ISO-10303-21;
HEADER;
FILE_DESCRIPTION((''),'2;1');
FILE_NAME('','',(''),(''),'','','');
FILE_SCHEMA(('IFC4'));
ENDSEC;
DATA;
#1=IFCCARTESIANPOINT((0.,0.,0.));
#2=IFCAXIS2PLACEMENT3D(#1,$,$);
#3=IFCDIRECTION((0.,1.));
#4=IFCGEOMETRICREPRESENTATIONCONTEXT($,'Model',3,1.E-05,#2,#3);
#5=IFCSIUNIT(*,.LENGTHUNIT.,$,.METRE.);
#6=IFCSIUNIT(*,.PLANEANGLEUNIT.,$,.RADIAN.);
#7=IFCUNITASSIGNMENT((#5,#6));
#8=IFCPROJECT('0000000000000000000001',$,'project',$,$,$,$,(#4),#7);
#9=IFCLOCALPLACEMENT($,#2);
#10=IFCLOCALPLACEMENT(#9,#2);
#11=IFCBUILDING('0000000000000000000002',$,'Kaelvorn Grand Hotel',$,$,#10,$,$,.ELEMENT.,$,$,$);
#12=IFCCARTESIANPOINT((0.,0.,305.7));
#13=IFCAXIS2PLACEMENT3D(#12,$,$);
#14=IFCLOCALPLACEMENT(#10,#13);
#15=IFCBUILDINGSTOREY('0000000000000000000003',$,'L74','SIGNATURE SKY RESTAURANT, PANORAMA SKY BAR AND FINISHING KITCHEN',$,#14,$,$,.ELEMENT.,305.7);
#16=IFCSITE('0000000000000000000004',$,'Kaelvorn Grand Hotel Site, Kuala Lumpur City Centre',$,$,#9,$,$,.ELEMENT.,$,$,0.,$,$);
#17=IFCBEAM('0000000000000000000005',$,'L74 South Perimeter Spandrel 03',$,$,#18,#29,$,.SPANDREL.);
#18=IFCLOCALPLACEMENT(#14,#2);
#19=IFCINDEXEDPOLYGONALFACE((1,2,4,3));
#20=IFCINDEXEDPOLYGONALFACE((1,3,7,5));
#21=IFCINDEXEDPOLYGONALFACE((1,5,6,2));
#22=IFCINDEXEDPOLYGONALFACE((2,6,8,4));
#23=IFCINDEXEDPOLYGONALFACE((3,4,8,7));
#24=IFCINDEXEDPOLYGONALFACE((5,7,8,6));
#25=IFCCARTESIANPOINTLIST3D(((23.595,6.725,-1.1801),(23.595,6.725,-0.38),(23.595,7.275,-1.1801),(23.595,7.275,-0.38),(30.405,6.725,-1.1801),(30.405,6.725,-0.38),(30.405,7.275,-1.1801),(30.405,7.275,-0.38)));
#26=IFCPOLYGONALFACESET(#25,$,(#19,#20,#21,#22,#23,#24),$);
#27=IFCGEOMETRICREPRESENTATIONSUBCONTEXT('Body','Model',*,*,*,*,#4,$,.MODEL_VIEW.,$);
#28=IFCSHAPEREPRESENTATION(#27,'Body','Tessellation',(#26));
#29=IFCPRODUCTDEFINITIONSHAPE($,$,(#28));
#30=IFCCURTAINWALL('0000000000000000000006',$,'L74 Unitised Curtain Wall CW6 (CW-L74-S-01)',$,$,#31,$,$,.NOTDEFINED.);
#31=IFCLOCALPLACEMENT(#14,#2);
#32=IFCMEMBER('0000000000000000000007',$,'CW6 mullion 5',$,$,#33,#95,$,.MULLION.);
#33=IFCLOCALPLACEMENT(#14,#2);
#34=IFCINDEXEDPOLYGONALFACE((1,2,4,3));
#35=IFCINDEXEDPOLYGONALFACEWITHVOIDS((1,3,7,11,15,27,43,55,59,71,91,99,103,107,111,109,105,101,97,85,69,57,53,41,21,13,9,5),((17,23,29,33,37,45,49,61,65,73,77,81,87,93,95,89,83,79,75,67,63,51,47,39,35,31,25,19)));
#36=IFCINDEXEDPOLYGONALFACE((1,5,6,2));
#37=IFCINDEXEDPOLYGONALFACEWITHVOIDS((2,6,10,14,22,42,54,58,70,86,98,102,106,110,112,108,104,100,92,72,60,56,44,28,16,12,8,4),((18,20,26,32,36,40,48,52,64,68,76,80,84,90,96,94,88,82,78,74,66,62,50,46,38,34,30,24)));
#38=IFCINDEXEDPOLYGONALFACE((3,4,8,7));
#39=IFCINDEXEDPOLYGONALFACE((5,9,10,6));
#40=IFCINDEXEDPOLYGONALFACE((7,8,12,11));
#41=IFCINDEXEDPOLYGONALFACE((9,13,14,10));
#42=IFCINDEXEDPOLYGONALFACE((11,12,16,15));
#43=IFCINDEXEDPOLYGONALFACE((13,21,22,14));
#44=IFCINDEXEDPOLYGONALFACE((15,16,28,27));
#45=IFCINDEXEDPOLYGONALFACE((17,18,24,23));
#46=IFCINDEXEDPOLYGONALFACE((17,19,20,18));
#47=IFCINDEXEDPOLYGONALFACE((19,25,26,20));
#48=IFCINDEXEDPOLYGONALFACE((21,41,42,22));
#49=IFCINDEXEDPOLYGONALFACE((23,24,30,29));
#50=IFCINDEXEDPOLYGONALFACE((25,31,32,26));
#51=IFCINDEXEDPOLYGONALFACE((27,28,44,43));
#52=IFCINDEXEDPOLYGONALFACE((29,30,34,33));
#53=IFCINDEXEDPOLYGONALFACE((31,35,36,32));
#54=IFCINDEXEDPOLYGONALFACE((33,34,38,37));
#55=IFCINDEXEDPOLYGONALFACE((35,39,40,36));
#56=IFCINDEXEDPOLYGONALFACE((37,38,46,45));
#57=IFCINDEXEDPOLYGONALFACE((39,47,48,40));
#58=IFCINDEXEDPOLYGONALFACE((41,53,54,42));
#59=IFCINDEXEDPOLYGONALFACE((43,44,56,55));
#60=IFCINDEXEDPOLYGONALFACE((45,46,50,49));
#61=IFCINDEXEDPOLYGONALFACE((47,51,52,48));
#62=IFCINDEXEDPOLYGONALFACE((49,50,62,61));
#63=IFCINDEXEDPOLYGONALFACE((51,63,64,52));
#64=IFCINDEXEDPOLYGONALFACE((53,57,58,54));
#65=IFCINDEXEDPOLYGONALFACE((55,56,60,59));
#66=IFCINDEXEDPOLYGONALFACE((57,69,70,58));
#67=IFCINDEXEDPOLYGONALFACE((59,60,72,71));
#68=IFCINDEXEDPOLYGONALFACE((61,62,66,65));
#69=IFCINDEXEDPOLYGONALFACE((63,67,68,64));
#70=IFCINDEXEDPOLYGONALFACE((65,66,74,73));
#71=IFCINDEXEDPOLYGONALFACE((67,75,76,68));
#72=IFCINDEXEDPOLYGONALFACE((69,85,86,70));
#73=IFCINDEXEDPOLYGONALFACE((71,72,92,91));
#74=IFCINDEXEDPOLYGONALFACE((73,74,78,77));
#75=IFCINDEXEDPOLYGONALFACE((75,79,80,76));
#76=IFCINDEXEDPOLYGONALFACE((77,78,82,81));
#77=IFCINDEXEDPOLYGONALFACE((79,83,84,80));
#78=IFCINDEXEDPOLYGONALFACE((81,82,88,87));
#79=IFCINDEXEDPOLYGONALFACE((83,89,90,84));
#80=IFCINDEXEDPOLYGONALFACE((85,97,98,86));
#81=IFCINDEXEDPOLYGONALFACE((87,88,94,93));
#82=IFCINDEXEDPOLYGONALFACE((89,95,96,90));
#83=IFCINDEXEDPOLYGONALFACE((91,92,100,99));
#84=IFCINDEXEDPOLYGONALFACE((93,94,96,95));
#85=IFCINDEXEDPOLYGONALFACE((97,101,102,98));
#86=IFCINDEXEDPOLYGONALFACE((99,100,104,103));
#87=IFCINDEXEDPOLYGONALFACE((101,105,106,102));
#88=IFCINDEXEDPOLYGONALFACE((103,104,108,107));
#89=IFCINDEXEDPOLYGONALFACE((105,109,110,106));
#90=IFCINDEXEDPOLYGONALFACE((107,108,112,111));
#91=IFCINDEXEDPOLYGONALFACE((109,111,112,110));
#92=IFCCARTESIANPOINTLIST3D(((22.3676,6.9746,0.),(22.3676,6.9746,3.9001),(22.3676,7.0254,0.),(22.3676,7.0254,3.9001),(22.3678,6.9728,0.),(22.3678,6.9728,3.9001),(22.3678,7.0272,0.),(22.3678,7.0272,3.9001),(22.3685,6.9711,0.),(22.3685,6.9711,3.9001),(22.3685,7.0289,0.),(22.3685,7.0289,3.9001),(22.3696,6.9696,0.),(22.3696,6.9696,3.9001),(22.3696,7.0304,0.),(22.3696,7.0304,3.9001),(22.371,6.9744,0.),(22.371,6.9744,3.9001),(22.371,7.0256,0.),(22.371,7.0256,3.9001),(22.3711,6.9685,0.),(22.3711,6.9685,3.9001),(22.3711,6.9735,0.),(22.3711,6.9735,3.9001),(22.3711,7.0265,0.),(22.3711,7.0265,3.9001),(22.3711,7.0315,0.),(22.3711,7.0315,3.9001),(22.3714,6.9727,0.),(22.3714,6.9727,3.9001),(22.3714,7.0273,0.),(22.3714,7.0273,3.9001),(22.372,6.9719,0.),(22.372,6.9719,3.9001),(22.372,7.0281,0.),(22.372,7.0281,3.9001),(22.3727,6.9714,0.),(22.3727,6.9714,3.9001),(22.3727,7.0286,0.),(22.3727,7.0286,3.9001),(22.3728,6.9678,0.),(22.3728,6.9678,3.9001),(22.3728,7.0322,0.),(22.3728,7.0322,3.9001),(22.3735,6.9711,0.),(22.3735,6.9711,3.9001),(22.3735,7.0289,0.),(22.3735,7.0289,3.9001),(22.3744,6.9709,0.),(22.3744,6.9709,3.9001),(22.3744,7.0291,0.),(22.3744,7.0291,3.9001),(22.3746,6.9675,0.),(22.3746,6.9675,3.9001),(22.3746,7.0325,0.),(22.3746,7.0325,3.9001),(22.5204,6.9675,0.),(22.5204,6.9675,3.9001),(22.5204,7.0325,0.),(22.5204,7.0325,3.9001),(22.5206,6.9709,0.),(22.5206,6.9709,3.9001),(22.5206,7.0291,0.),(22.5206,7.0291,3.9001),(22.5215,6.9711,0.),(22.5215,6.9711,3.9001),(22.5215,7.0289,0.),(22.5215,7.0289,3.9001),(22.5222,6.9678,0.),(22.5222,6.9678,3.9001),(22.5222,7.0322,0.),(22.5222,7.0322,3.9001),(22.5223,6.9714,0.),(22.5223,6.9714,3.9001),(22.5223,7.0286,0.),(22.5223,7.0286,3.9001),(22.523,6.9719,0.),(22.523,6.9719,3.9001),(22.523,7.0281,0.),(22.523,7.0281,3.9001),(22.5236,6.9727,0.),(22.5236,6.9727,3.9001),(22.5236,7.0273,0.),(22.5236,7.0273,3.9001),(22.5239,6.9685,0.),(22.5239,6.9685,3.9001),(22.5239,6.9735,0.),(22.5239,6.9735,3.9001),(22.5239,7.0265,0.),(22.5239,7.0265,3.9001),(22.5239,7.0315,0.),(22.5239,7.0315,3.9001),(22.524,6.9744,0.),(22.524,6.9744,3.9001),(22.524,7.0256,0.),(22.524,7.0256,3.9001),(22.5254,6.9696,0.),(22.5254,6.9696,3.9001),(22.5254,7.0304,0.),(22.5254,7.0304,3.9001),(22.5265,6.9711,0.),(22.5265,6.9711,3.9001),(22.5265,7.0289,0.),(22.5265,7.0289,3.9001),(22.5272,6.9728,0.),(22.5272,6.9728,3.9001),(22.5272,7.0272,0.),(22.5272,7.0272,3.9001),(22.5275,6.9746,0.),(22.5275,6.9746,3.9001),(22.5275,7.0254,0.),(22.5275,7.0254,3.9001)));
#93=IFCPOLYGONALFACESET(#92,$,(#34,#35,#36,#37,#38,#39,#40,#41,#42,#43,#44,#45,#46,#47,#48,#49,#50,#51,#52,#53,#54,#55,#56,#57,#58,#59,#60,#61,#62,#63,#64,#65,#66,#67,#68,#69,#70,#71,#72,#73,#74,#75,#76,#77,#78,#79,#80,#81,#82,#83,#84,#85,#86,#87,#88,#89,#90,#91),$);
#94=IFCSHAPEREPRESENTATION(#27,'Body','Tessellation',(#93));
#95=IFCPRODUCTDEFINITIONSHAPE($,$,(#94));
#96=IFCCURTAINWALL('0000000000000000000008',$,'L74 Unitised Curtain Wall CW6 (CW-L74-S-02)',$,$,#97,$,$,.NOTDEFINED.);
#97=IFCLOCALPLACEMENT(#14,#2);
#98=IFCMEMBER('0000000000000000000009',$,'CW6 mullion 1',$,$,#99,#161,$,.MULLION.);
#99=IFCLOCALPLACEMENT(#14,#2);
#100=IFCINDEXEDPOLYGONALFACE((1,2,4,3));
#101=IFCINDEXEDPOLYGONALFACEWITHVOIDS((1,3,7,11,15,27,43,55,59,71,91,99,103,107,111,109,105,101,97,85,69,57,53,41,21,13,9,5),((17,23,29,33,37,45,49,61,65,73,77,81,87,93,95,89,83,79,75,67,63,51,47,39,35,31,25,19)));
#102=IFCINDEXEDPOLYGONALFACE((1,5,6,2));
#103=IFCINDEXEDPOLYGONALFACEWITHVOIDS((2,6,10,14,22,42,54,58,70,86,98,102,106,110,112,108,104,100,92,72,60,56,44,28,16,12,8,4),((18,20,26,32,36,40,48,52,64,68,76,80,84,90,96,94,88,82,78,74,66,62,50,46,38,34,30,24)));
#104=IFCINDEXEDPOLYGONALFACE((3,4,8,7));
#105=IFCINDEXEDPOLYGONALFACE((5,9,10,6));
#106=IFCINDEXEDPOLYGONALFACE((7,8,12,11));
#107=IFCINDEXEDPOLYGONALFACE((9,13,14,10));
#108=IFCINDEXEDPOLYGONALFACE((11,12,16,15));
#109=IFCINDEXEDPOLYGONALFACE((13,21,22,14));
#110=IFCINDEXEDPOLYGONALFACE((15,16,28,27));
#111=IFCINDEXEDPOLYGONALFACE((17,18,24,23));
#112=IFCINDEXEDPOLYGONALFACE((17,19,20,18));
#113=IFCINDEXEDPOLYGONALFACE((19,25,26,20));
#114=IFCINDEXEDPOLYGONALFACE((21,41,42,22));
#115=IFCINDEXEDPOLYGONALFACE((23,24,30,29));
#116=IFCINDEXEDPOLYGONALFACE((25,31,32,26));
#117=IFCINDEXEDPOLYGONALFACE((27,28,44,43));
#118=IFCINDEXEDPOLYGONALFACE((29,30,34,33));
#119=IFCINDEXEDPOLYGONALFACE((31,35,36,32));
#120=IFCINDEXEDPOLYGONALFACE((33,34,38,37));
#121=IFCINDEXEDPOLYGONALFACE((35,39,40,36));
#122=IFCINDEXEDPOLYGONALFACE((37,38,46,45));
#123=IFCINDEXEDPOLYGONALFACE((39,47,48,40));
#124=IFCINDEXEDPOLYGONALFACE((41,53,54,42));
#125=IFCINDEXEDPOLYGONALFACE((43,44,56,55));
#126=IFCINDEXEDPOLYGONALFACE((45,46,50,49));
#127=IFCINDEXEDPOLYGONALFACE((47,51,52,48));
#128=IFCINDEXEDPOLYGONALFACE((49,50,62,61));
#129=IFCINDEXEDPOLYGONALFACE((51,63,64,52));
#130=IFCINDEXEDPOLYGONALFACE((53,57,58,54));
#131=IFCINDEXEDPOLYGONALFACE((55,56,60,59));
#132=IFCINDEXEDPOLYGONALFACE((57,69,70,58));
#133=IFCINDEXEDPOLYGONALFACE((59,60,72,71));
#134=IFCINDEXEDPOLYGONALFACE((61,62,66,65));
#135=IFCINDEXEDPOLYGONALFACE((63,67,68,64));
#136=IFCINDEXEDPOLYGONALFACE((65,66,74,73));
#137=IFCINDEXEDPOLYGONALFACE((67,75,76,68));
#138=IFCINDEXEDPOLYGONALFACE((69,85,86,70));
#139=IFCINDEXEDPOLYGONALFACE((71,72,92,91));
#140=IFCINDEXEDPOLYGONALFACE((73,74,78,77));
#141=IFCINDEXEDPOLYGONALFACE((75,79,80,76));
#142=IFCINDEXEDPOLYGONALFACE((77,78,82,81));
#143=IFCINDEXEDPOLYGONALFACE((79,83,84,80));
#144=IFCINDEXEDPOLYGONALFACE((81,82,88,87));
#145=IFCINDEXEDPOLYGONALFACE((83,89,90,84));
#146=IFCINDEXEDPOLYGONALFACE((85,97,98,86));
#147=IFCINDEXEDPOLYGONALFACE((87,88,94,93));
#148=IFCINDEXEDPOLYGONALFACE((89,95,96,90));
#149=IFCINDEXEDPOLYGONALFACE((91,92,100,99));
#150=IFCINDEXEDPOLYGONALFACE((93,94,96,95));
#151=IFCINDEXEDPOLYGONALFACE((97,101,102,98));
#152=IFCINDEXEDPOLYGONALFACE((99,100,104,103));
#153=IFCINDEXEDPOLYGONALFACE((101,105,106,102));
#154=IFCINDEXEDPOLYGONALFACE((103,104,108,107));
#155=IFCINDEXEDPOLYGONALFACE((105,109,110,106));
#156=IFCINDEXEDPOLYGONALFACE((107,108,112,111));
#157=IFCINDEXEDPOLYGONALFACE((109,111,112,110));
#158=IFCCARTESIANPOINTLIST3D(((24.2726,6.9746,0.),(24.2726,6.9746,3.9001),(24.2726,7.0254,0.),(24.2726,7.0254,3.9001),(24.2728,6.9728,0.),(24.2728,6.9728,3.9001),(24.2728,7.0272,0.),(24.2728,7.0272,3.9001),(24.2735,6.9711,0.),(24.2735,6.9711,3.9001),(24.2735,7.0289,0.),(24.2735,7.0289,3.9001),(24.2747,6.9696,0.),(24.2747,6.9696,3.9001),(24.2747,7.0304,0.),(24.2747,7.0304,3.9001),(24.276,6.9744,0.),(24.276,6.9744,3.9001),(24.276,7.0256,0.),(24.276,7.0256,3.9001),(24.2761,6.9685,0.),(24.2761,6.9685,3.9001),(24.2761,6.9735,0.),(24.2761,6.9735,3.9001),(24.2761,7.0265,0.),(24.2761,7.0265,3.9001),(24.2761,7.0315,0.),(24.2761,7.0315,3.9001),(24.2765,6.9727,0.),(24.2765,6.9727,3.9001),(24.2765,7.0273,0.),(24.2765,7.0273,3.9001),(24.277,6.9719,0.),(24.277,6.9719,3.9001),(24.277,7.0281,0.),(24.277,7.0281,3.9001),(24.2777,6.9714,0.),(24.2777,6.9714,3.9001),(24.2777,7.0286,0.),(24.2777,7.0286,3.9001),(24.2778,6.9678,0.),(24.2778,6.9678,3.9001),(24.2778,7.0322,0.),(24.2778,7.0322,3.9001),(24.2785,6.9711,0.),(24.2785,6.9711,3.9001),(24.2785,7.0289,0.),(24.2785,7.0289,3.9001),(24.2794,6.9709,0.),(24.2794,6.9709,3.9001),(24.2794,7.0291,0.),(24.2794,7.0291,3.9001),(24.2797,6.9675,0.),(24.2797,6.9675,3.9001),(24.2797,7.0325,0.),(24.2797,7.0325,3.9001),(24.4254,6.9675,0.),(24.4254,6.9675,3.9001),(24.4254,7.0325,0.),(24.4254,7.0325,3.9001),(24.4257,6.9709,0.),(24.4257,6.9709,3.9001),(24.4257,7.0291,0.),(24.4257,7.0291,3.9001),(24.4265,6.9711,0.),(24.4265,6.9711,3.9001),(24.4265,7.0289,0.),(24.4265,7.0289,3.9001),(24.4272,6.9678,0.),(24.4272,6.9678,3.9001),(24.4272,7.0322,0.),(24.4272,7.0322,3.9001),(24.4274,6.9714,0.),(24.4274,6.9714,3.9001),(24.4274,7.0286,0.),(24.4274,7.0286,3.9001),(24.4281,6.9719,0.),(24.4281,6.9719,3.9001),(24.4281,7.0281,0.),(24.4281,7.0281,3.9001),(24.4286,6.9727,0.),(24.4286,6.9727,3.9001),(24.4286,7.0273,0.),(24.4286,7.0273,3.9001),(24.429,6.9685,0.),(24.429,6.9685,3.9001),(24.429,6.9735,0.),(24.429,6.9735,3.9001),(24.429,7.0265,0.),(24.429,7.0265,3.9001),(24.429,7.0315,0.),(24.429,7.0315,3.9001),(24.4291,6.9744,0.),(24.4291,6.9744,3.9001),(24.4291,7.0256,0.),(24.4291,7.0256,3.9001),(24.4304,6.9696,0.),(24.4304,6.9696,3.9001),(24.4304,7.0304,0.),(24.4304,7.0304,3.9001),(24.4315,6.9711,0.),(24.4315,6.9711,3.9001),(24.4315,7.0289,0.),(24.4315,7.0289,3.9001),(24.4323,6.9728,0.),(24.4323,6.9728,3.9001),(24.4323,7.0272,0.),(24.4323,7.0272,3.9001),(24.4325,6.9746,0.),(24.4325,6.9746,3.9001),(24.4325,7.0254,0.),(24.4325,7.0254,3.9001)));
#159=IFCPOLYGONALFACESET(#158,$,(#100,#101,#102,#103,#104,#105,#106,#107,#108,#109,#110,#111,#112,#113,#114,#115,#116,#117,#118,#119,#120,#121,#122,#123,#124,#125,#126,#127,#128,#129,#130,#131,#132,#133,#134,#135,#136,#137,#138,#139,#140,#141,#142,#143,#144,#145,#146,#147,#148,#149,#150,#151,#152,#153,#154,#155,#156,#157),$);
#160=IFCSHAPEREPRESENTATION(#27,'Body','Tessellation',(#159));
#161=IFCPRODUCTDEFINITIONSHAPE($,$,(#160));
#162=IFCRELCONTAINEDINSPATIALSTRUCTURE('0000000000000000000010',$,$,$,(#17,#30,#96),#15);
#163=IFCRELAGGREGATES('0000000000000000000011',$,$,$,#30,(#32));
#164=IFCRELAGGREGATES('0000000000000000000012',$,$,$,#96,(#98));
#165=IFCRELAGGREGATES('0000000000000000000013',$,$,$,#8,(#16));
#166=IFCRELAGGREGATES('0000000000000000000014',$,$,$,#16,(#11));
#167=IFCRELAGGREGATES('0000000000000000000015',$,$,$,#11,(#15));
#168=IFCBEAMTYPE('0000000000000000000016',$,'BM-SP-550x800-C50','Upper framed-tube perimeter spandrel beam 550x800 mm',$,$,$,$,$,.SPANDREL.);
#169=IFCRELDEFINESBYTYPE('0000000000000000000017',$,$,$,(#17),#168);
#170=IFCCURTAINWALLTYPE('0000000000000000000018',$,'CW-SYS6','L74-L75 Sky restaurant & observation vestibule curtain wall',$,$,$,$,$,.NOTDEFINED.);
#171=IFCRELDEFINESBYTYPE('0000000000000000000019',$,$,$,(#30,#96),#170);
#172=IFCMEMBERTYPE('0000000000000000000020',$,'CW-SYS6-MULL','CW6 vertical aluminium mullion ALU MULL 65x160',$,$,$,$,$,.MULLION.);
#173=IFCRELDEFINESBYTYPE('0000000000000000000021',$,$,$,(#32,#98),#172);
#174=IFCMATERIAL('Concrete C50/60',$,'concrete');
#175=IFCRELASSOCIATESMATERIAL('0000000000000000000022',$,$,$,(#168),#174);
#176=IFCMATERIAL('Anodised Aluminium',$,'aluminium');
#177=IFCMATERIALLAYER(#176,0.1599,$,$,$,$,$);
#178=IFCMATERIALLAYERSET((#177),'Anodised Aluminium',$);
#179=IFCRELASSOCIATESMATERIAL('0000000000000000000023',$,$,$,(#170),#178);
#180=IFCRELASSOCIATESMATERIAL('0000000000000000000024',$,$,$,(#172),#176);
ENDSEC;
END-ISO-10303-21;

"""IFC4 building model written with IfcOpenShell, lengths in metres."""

from ifc_helpers import new_model, si_unit, direction, frame, origin, origin_2d, place, context, subcontext, project, spatial, rectangle, hollow_rectangle, extrude, material, layer, layer_set, material_profile, profile_set, type_object, element, aggregate, save


model = new_model("IFC4")

# Units and contexts
model_context = context("Model", 3, precision=1e-05, world=origin(), true_north=direction((0.0, 1.0)))
body_context = subcontext(model_context, "Body", "Model", "MODEL_VIEW")
ifc_project = project(units=[si_unit("LENGTHUNIT", "METRE"), si_unit("PLANEANGLEUNIT", "RADIAN")], contexts=[model_context])

# Site, building, storey
site_placement = place(None, origin())
site = spatial("IfcSite", under=ifc_project, at=site_placement, Name="Kaelvorn Grand Hotel Site, Kuala Lumpur City Centre", CompositionType="ELEMENT", RefElevation=0.0)
building_placement = place(site_placement, origin())
building = spatial("IfcBuilding", under=site, at=building_placement, Name="Kaelvorn Grand Hotel", CompositionType="ELEMENT")
storey_placement = place(building_placement, frame((0.0, 0.0, 305.7)))
storey = spatial("IfcBuildingStorey", under=building, at=storey_placement, Name="L74", Description="SIGNATURE SKY RESTAURANT, PANORAMA SKY BAR AND FINISHING KITCHEN", CompositionType="ELEMENT", Elevation=305.7)

# Beam
ifc_material_1 = material(Name="Concrete C50/60", Category="concrete")
ifc_material_profile_1 = material_profile(ifc_material_1, rectangle(XDim=0.55, YDim=0.8, at=origin_2d()), Name="RC SPANDREL 550x800")
ifc_profile_set_1 = profile_set([ifc_material_profile_1], Name="Concrete C50/60")
beam_type_1 = type_object("IfcBeamType", Name="BM-SP-550x800-C50", Description="Upper framed-tube perimeter spandrel beam 550x800 mm", PredefinedType="SPANDREL", material=ifc_profile_set_1)
beam_1_placement = place(storey_placement, frame((23.595, 7.0, -0.78), z_axis=(1.0, 0.0, 0.0), x_axis=(0.0, 1.0, 0.0)))
element("IfcBeam", 1, at=beam_1_placement, inside=storey, type_object=beam_type_1, Name="L74 South Perimeter Spandrel 03", PredefinedType="SPANDREL", context=body_context, shape_type="SweptSolid", body=[
    extrude(rectangle(XDim=0.55, YDim=0.8, at=origin_2d()), origin(), (0.0, 0.0, 1.0), 6.8101),
])

# Curtain wall, member
ifc_material_2 = material(Name="Anodised Aluminium", Category="aluminium")
ifc_layer_1 = layer(ifc_material_2, 0.1599)
ifc_layer_set_1 = layer_set([ifc_layer_1], Name="Anodised Aluminium")
curtain_wall_type = type_object("IfcCurtainWallType", Name="CW-SYS6", Description="L74-L75 Sky restaurant & observation vestibule curtain wall", PredefinedType="NOTDEFINED", material=ifc_layer_set_1)
curtain_wall_1_placement = place(storey_placement, origin())
curtain_wall_1 = element("IfcCurtainWall", 2, at=curtain_wall_1_placement, inside=storey, type_object=curtain_wall_type, Name="L74 Unitised Curtain Wall CW6 (CW-L74-S-01)", PredefinedType="NOTDEFINED")
ifc_material_profile_2 = material_profile(ifc_material_2, hollow_rectangle(XDim=0.0649, YDim=0.1599, WallThickness=0.0034, InnerFilletRadius=0.0034, OuterFilletRadius=0.0071, at=origin_2d()), Name="ALU MULL 65x160")
ifc_profile_set_2 = profile_set([ifc_material_profile_2], Name="Anodised Aluminium")
member_type_1 = type_object("IfcMemberType", Name="CW-SYS6-MULL", Description="CW6 vertical aluminium mullion ALU MULL 65x160", PredefinedType="MULLION", material=ifc_profile_set_2)
member_1_placement = place(storey_placement, frame((22.4475, 7.0, 0.0), z_axis=(0.0, 0.0, 1.0), x_axis=(0.0, 1.0, 0.0)))
member_1 = element("IfcMember", 3, at=member_1_placement, type_object=member_type_1, Name="CW6 mullion 5", PredefinedType="MULLION", context=body_context, shape_type="SweptSolid", body=[
    extrude(hollow_rectangle(XDim=0.0649, YDim=0.1599, WallThickness=0.0034, InnerFilletRadius=0.0034, OuterFilletRadius=0.0071, at=origin_2d()), origin(), (0.0, 0.0, 1.0), 3.9001),
])

# Curtain wall, member
curtain_wall_2_placement = place(storey_placement, origin())
curtain_wall_2 = element("IfcCurtainWall", 4, at=curtain_wall_2_placement, inside=storey, type_object=curtain_wall_type, Name="L74 Unitised Curtain Wall CW6 (CW-L74-S-02)", PredefinedType="NOTDEFINED")
member_2_placement = place(storey_placement, frame((24.3525, 7.0, 0.0), z_axis=(0.0, 0.0, 1.0), x_axis=(0.0, 1.0, 0.0)))
member_2 = element("IfcMember", 5, at=member_2_placement, type_object=member_type_1, Name="CW6 mullion 1", PredefinedType="MULLION", context=body_context, shape_type="SweptSolid", body=[
    extrude(hollow_rectangle(XDim=0.0649, YDim=0.1599, WallThickness=0.0034, InnerFilletRadius=0.0034, OuterFilletRadius=0.0071, at=origin_2d()), origin(), (0.0, 0.0, 1.0), 3.9001),
])

aggregate(curtain_wall_1, [member_1])
aggregate(curtain_wall_2, [member_2])

save(model, "model.ifc")
